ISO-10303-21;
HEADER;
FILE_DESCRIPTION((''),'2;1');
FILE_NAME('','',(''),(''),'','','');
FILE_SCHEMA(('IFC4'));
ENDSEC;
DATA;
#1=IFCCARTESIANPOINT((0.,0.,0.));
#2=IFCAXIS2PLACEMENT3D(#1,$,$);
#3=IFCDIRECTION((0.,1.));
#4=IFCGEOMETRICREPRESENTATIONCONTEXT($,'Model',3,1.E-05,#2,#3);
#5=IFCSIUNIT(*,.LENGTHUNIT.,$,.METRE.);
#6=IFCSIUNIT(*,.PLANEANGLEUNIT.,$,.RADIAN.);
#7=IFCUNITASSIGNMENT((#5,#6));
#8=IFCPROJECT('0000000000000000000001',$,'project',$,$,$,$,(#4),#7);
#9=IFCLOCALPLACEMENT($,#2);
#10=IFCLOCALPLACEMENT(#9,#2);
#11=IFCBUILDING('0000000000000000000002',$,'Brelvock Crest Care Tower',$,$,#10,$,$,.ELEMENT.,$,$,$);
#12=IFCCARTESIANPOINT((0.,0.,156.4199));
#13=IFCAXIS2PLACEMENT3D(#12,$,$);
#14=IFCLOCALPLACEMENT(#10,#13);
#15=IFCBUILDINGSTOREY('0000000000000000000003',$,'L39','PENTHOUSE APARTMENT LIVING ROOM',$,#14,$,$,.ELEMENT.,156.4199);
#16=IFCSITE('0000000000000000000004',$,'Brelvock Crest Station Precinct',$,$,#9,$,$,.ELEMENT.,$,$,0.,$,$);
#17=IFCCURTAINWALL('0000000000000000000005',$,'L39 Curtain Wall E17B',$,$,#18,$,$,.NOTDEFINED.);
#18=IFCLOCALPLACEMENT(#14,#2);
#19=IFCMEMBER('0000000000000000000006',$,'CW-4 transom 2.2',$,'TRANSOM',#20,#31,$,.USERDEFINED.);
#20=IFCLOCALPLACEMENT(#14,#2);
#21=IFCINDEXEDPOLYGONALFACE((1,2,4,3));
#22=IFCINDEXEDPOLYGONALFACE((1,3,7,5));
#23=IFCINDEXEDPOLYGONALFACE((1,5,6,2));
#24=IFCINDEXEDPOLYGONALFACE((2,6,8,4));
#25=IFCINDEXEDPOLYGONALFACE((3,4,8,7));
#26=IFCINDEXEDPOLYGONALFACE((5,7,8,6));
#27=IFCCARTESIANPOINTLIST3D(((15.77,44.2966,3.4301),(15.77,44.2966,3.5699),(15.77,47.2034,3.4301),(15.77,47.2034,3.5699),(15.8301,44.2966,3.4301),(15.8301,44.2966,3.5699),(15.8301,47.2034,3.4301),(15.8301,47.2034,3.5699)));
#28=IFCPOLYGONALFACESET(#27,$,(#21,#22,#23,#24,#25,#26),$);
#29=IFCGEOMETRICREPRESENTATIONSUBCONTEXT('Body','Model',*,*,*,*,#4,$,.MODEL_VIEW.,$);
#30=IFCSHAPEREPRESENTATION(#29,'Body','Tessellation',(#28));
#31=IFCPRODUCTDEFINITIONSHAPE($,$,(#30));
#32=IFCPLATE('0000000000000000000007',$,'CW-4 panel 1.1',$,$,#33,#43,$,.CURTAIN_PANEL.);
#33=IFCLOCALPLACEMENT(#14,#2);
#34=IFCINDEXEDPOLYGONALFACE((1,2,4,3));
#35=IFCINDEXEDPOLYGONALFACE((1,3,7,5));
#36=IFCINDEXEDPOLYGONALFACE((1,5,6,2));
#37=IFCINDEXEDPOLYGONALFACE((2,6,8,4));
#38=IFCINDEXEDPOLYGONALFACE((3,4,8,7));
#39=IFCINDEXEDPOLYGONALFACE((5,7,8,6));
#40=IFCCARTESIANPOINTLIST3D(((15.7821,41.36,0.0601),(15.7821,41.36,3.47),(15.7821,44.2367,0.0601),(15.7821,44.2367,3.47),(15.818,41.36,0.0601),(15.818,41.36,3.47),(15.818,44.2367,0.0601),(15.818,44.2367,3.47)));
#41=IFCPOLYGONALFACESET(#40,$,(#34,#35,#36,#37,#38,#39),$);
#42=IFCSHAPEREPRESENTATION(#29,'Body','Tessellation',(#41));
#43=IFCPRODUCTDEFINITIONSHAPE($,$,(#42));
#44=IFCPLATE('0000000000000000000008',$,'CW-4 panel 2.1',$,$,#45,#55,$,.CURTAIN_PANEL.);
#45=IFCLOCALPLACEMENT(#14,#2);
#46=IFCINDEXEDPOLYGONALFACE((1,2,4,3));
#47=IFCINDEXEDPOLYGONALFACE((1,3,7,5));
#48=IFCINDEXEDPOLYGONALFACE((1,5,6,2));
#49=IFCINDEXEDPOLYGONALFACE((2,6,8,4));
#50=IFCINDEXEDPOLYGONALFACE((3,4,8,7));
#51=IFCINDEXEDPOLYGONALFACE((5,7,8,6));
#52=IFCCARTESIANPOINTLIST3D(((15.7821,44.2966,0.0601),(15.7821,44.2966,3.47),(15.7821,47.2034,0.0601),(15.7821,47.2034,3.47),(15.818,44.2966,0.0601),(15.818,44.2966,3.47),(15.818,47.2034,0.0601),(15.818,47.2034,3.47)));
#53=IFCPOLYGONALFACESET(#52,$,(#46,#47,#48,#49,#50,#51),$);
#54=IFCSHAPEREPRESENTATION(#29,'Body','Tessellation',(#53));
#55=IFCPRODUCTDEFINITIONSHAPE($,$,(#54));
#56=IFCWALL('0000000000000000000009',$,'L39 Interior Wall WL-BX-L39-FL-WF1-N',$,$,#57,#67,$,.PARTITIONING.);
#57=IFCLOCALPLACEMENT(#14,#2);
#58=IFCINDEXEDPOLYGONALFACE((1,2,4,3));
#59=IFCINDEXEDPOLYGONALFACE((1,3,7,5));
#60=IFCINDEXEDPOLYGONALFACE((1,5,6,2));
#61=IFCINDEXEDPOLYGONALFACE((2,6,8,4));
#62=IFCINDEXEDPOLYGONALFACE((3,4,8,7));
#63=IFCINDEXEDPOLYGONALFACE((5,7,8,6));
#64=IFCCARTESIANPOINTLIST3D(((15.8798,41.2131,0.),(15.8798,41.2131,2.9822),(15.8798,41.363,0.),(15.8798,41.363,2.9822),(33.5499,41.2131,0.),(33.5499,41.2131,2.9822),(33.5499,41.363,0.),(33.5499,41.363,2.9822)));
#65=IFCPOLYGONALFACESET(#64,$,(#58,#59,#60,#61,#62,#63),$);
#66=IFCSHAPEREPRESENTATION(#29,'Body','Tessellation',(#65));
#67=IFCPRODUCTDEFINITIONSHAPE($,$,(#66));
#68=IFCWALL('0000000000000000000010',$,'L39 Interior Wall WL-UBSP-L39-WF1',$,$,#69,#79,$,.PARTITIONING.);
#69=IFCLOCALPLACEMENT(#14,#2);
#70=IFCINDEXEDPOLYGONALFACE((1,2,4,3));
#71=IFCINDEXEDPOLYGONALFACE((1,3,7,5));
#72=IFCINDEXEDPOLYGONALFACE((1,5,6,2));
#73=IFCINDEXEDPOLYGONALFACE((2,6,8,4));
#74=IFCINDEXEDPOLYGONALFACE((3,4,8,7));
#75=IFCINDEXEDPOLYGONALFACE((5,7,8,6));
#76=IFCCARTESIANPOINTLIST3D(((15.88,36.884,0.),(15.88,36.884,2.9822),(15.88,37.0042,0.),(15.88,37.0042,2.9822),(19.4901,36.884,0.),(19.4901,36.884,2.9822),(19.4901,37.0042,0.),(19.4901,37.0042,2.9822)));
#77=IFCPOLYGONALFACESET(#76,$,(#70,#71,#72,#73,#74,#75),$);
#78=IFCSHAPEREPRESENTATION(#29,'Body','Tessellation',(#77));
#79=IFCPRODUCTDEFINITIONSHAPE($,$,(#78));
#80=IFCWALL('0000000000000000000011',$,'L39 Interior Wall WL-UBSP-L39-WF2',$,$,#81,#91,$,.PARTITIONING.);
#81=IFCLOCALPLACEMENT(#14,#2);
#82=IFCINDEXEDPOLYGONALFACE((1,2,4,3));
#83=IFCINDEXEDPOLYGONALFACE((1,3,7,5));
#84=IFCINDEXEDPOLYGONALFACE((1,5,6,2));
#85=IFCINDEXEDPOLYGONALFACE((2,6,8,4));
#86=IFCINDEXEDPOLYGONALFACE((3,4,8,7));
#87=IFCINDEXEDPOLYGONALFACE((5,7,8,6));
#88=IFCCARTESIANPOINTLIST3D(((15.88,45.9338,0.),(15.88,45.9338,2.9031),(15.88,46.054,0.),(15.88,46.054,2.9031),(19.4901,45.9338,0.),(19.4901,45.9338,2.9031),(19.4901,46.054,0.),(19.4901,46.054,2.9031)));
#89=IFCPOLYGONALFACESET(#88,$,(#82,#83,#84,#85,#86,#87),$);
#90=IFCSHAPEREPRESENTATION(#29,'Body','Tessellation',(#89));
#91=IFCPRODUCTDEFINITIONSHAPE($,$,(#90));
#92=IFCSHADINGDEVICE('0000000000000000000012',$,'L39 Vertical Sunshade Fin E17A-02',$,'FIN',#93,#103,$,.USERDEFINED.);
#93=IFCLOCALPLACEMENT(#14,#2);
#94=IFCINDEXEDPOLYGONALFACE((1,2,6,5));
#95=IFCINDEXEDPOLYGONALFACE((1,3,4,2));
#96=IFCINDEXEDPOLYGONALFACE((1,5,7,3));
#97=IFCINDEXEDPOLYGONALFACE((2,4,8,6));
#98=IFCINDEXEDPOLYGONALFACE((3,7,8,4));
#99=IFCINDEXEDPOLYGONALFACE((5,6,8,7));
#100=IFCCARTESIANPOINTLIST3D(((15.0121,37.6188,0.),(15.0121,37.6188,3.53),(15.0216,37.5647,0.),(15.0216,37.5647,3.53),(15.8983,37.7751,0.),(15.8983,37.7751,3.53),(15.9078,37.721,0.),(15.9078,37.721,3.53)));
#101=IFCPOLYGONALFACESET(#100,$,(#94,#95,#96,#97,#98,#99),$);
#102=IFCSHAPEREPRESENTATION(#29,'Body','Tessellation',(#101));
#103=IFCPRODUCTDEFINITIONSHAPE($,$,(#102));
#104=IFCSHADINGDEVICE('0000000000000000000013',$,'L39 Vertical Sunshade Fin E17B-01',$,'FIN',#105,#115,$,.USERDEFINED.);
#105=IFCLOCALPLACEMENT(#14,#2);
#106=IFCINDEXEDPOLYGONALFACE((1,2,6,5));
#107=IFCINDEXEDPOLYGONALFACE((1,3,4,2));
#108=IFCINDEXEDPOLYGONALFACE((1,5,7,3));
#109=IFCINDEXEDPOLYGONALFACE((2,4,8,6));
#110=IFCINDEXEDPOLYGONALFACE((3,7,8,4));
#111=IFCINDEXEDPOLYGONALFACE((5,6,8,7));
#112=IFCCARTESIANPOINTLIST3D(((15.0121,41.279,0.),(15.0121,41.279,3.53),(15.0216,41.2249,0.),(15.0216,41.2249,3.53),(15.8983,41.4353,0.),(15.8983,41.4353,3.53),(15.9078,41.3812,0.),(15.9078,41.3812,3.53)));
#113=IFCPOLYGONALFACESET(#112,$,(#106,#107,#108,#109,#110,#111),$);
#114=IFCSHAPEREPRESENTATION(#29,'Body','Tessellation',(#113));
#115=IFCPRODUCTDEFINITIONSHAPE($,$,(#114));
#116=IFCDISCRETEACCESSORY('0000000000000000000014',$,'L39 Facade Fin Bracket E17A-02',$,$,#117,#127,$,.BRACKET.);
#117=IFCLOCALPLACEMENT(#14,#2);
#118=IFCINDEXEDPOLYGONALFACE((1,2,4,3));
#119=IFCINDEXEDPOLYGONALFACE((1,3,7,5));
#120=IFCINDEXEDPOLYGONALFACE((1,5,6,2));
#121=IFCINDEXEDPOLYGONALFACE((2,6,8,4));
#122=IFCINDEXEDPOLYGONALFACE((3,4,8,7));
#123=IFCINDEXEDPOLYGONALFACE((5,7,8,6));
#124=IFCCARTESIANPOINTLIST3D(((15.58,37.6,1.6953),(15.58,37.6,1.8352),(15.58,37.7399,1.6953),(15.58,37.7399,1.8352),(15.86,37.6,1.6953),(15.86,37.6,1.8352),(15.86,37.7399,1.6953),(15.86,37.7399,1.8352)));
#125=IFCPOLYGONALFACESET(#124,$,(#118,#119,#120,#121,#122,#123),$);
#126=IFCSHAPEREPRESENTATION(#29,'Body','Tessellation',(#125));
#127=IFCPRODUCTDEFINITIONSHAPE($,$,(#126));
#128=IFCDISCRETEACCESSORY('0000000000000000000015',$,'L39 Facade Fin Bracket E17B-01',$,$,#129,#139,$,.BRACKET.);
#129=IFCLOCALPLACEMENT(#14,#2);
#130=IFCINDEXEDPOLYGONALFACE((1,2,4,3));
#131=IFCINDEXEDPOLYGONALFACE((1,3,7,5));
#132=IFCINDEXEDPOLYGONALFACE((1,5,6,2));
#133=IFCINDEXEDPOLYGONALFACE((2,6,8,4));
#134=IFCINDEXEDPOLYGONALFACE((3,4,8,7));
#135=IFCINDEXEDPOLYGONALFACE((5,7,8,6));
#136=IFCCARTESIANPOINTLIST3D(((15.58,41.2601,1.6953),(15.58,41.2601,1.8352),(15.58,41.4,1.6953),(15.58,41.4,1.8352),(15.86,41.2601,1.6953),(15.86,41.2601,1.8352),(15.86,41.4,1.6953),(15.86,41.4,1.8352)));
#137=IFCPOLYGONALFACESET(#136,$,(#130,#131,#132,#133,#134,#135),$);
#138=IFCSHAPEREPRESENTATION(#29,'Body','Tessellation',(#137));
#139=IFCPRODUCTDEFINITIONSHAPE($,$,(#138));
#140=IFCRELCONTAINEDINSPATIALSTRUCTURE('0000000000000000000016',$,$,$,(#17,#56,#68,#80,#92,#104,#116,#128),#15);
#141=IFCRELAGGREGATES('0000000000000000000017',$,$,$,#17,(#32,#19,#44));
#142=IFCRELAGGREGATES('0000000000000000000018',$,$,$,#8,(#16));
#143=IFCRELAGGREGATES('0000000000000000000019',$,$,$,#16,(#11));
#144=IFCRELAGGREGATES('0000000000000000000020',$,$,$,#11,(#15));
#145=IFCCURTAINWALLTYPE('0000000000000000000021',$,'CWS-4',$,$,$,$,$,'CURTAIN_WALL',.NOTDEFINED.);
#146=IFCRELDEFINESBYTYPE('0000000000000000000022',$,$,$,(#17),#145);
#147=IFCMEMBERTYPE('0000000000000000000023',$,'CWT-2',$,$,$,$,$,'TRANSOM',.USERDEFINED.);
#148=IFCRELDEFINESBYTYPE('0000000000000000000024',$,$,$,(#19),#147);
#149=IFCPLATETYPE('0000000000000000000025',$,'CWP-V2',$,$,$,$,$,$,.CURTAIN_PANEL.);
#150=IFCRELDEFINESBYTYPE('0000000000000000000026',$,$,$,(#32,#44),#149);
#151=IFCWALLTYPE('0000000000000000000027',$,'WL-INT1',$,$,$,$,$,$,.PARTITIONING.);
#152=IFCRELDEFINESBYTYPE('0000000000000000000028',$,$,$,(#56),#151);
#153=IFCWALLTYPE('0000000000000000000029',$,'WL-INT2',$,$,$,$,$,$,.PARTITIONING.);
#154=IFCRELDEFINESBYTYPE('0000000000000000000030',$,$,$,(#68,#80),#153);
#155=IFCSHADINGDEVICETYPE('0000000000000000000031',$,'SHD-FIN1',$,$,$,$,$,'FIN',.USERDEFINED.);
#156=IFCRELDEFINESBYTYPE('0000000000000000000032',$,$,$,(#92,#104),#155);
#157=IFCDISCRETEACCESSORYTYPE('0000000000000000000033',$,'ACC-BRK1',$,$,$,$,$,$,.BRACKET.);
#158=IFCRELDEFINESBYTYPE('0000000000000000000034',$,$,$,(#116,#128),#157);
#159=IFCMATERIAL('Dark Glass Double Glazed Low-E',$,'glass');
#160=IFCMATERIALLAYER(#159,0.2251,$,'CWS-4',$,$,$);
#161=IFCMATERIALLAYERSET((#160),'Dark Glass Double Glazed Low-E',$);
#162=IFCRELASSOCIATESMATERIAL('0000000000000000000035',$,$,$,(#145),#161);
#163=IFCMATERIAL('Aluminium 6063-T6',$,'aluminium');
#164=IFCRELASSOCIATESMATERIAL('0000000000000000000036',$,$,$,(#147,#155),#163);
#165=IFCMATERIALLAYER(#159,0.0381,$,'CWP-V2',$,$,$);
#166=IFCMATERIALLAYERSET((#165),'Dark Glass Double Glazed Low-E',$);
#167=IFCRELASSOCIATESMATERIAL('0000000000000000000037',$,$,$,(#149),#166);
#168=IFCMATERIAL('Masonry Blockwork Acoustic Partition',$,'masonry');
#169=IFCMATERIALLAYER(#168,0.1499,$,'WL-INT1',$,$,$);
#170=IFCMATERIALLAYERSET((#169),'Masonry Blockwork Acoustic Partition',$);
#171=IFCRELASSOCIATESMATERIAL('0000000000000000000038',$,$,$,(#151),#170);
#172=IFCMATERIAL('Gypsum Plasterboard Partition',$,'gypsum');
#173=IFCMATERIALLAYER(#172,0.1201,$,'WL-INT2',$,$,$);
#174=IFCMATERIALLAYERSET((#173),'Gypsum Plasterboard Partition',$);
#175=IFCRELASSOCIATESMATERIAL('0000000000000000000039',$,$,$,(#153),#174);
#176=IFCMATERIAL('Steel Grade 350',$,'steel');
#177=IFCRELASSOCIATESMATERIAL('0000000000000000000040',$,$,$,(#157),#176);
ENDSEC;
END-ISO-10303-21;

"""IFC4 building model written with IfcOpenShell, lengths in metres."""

from ifc_helpers import new_model, si_unit, direction, frame, frame_2d, origin, origin_2d, place, context, subcontext, project, spatial, rectangle, extrude, source, transform, mapped, material, layer, layer_set, material_profile, profile_set, type_object, element, aggregate, save


model = new_model("IFC4")

# Units and contexts
model_context = context("Model", 3, precision=1e-05, world=origin(), true_north=direction((0.0, 1.0)))
body_context = subcontext(model_context, "Body", "Model", "MODEL_VIEW")
ifc_project = project(units=[si_unit("LENGTHUNIT", "METRE"), si_unit("PLANEANGLEUNIT", "RADIAN")], contexts=[model_context])

# Site, building, storey
site_placement = place(None, origin())
site = spatial("IfcSite", under=ifc_project, at=site_placement, Name="Brelvock Crest Station Precinct", CompositionType="ELEMENT", RefElevation=0.0)
building_placement = place(site_placement, origin())
building = spatial("IfcBuilding", under=site, at=building_placement, Name="Brelvock Crest Care Tower", CompositionType="ELEMENT")
storey_placement = place(building_placement, frame((0.0, 0.0, 156.4199)))
storey = spatial("IfcBuildingStorey", under=building, at=storey_placement, Name="L39", Description="PENTHOUSE APARTMENT LIVING ROOM", CompositionType="ELEMENT", Elevation=156.4199)

# Shared definitions
ifc_material_1 = material(Name="Steel Grade 350", Category="steel")

# Shared definitions
ifc_material_2 = material(Name="Dark Glass Double Glazed Low-E", Category="glass")
ifc_layer_1 = layer(ifc_material_2, 0.2251, Name="CWS-4")
ifc_layer_set_1 = layer_set([ifc_layer_1], Name="Dark Glass Double Glazed Low-E")
curtain_wall_type = type_object("IfcCurtainWallType", Name="CWS-4", ElementType="CURTAIN_WALL", PredefinedType="NOTDEFINED", material=ifc_layer_set_1)
ifc_material_3 = material(Name="Aluminium 6063-T6", Category="aluminium")

# Curtain wall, member, plates
curtain_wall_1_placement = place(storey_placement, origin())
curtain_wall_1 = element("IfcCurtainWall", 1, at=curtain_wall_1_placement, inside=storey, type_object=curtain_wall_type, Name="L39 Curtain Wall E17B", PredefinedType="NOTDEFINED")
ifc_material_profile_1 = material_profile(ifc_material_3, rectangle(XDim=0.0601, YDim=0.1399, at=origin_2d()), Name="ALU60x140")
ifc_profile_set_1 = profile_set([ifc_material_profile_1], Name="Aluminium 6063-T6")
member_type_1 = type_object("IfcMemberType", Name="CWT-2", ElementType="TRANSOM", PredefinedType="USERDEFINED", material=ifc_profile_set_1)
shared_shape_1 = source(origin(), body_context, "Body", "SweptSolid", [
    extrude(rectangle(XDim=0.0601, YDim=0.1399, at=origin_2d()), origin(), (0.0, 0.0, 1.0), 2.9067),
])
member_1_placement = place(storey_placement, frame((15.8, 44.2966, 3.5), z_axis=(0.0, 1.0, 0.0), x_axis=(-1.0, 0.0, 0.0)))
member_1 = element("IfcMember", 2, at=member_1_placement, type_object=member_type_1, Name="CW-4 transom 2.2", ObjectType="TRANSOM", PredefinedType="USERDEFINED", context=body_context, shape_type="MappedRepresentation", body=[
    mapped(shared_shape_1, transform((0.0, 0.0, 0.0), x_axis=(1.0, 0.0, 0.0), y_axis=(0.0, 1.0, 0.0), z_axis=(0.0, 0.0, 1.0), scale=1.0)),
])
ifc_layer_2 = layer(ifc_material_2, 0.0381, Name="CWP-V2")
ifc_layer_set_2 = layer_set([ifc_layer_2], Name="Dark Glass Double Glazed Low-E")
plate_type = type_object("IfcPlateType", Name="CWP-V2", PredefinedType="CURTAIN_PANEL", material=ifc_layer_set_2)
shared_shape_2 = source(origin(), body_context, "Body", "SweptSolid", [
    extrude(rectangle(XDim=2.8767, YDim=0.0359, at=origin_2d()), origin(), (0.0, 0.0, 1.0), 3.4099),
])
plate_1_placement = place(storey_placement, frame((15.8, 42.7983, 0.0601), z_axis=(0.0, 0.0, 1.0), x_axis=(0.0, 1.0, 0.0)))
plate_1 = element("IfcPlate", 3, at=plate_1_placement, type_object=plate_type, Name="CW-4 panel 1.1", PredefinedType="CURTAIN_PANEL", context=body_context, shape_type="MappedRepresentation", body=[
    mapped(shared_shape_2, transform((0.0, 0.0, 0.0), x_axis=(1.0, 0.0, 0.0), y_axis=(0.0, 1.0, 0.0), z_axis=(0.0, 0.0, 1.0), scale=1.0)),
])
shared_shape_3 = source(origin(), body_context, "Body", "SweptSolid", [
    extrude(rectangle(XDim=2.9067, YDim=0.0359, at=origin_2d()), origin(), (0.0, 0.0, 1.0), 3.4099),
])
plate_2_placement = place(storey_placement, frame((15.8, 45.75, 0.0601), z_axis=(0.0, 0.0, 1.0), x_axis=(0.0, 1.0, 0.0)))
plate_2 = element("IfcPlate", 4, at=plate_2_placement, type_object=plate_type, Name="CW-4 panel 2.1", PredefinedType="CURTAIN_PANEL", context=body_context, shape_type="MappedRepresentation", body=[
    mapped(shared_shape_3, transform((0.0, 0.0, 0.0), x_axis=(1.0, 0.0, 0.0), y_axis=(0.0, 1.0, 0.0), z_axis=(0.0, 0.0, 1.0), scale=1.0)),
])
aggregate(curtain_wall_1, [plate_1, member_1, plate_2])

# Walls
ifc_material_4 = material(Name="Masonry Blockwork Acoustic Partition", Category="masonry")
ifc_layer_3 = layer(ifc_material_4, 0.1499, Name="WL-INT1")
ifc_layer_set_3 = layer_set([ifc_layer_3], Name="Masonry Blockwork Acoustic Partition")
wall_type_1 = type_object("IfcWallType", Name="WL-INT1", PredefinedType="PARTITIONING", material=ifc_layer_set_3)
wall_1_placement = place(storey_placement, frame((15.8799, 41.2881, 0.0), z_axis=(0.0, 0.0, 1.0), x_axis=(1.0, 0.0, 0.0)))
element("IfcWall", 5, at=wall_1_placement, inside=storey, type_object=wall_type_1, Name="L39 Interior Wall WL-BX-L39-FL-WF1-N", PredefinedType="PARTITIONING", context=body_context, shape_type="SweptSolid", body=[
    extrude(rectangle(XDim=17.6702, YDim=0.1499, at=frame_2d((8.835, 0.0))), origin(), (0.0, 0.0, 1.0), 2.9822),
])
ifc_material_5 = material(Name="Gypsum Plasterboard Partition", Category="gypsum")
ifc_layer_4 = layer(ifc_material_5, 0.1201, Name="WL-INT2")
ifc_layer_set_4 = layer_set([ifc_layer_4], Name="Gypsum Plasterboard Partition")
wall_type_2 = type_object("IfcWallType", Name="WL-INT2", PredefinedType="PARTITIONING", material=ifc_layer_set_4)
wall_2_placement = place(storey_placement, frame((15.8799, 36.9441, 0.0), z_axis=(0.0, 0.0, 1.0), x_axis=(1.0, 0.0, 0.0)))
element("IfcWall", 6, at=wall_2_placement, inside=storey, type_object=wall_type_2, Name="L39 Interior Wall WL-UBSP-L39-WF1", PredefinedType="PARTITIONING", context=body_context, shape_type="SweptSolid", body=[
    extrude(rectangle(XDim=3.6101, YDim=0.1201, at=frame_2d((1.8052, 0.0))), origin(), (0.0, 0.0, 1.0), 2.9822),
])
wall_3_placement = place(storey_placement, frame((15.8799, 45.9939, 0.0), z_axis=(0.0, 0.0, 1.0), x_axis=(1.0, 0.0, 0.0)))
element("IfcWall", 7, at=wall_3_placement, inside=storey, type_object=wall_type_2, Name="L39 Interior Wall WL-UBSP-L39-WF2", PredefinedType="PARTITIONING", context=body_context, shape_type="SweptSolid", body=[
    extrude(rectangle(XDim=3.6101, YDim=0.1201, at=frame_2d((1.8052, 0.0))), origin(), (0.0, 0.0, 1.0), 2.9031),
])

# Shading devices
ifc_material_profile_2 = material_profile(ifc_material_3, rectangle(XDim=0.0549, YDim=0.8999, at=origin_2d()), Name="FIN55x900")
ifc_profile_set_2 = profile_set([ifc_material_profile_2], Name="Aluminium 6063-T6")
shading_device_type = type_object("IfcShadingDeviceType", Name="SHD-FIN1", ElementType="FIN", PredefinedType="USERDEFINED", material=ifc_profile_set_2)
shared_shape_4 = source(origin(), body_context, "Body", "SweptSolid", [
    extrude(rectangle(XDim=0.0549, YDim=0.8999, at=origin_2d()), origin(), (0.0, 0.0, 1.0), 3.53),
])
for number, where, z_axis, x_axis, name in (
    (8, (15.46, 37.6699, 0.0), (0.0, 0.0, 1.0), (-0.173648, 0.984808, 0.0), "L39 Vertical Sunshade Fin E17A-02"),
    (9, (15.46, 41.3301, 0.0), (0.0, 0.0, 1.0), (-0.173648, 0.984808, 0.0), "L39 Vertical Sunshade Fin E17B-01"),
):
    element("IfcShadingDevice", number, at=place(storey_placement, frame(where, z_axis=z_axis, x_axis=x_axis)), inside=storey, type_object=shading_device_type, Name=name, ObjectType="FIN", PredefinedType="USERDEFINED", context=body_context, shape_type="MappedRepresentation", body=[
        mapped(shared_shape_4, transform((0.0, 0.0, 0.0), x_axis=(1.0, 0.0, 0.0), y_axis=(0.0, 1.0, 0.0), z_axis=(0.0, 0.0, 1.0), scale=1.0)),
    ])

# Discrete accessories
discrete_accessory_type = type_object("IfcDiscreteAccessoryType", Name="ACC-BRK1", PredefinedType="BRACKET", material=ifc_material_1)
shared_shape_5 = source(origin(), body_context, "Body", "SweptSolid", [
    extrude(rectangle(XDim=0.28, YDim=0.1399, at=origin_2d()), origin(), (0.0, 0.0, 1.0), 0.1399),
])
for number, where, z_axis, x_axis, name in (
    (10, (15.72, 37.6699, 1.6953), (0.0, 0.0, 1.0), (-1.0, 0.0, 0.0), "L39 Facade Fin Bracket E17A-02"),
    (11, (15.72, 41.3301, 1.6953), (0.0, 0.0, 1.0), (-1.0, 0.0, 0.0), "L39 Facade Fin Bracket E17B-01"),
):
    element("IfcDiscreteAccessory", number, at=place(storey_placement, frame(where, z_axis=z_axis, x_axis=x_axis)), inside=storey, type_object=discrete_accessory_type, Name=name, PredefinedType="BRACKET", context=body_context, shape_type="MappedRepresentation", body=[
        mapped(shared_shape_5, transform((0.0, 0.0, 0.0), x_axis=(1.0, 0.0, 0.0), y_axis=(0.0, 1.0, 0.0), z_axis=(0.0, 0.0, 1.0), scale=1.0)),
    ])

save(model, "model.ifc")
